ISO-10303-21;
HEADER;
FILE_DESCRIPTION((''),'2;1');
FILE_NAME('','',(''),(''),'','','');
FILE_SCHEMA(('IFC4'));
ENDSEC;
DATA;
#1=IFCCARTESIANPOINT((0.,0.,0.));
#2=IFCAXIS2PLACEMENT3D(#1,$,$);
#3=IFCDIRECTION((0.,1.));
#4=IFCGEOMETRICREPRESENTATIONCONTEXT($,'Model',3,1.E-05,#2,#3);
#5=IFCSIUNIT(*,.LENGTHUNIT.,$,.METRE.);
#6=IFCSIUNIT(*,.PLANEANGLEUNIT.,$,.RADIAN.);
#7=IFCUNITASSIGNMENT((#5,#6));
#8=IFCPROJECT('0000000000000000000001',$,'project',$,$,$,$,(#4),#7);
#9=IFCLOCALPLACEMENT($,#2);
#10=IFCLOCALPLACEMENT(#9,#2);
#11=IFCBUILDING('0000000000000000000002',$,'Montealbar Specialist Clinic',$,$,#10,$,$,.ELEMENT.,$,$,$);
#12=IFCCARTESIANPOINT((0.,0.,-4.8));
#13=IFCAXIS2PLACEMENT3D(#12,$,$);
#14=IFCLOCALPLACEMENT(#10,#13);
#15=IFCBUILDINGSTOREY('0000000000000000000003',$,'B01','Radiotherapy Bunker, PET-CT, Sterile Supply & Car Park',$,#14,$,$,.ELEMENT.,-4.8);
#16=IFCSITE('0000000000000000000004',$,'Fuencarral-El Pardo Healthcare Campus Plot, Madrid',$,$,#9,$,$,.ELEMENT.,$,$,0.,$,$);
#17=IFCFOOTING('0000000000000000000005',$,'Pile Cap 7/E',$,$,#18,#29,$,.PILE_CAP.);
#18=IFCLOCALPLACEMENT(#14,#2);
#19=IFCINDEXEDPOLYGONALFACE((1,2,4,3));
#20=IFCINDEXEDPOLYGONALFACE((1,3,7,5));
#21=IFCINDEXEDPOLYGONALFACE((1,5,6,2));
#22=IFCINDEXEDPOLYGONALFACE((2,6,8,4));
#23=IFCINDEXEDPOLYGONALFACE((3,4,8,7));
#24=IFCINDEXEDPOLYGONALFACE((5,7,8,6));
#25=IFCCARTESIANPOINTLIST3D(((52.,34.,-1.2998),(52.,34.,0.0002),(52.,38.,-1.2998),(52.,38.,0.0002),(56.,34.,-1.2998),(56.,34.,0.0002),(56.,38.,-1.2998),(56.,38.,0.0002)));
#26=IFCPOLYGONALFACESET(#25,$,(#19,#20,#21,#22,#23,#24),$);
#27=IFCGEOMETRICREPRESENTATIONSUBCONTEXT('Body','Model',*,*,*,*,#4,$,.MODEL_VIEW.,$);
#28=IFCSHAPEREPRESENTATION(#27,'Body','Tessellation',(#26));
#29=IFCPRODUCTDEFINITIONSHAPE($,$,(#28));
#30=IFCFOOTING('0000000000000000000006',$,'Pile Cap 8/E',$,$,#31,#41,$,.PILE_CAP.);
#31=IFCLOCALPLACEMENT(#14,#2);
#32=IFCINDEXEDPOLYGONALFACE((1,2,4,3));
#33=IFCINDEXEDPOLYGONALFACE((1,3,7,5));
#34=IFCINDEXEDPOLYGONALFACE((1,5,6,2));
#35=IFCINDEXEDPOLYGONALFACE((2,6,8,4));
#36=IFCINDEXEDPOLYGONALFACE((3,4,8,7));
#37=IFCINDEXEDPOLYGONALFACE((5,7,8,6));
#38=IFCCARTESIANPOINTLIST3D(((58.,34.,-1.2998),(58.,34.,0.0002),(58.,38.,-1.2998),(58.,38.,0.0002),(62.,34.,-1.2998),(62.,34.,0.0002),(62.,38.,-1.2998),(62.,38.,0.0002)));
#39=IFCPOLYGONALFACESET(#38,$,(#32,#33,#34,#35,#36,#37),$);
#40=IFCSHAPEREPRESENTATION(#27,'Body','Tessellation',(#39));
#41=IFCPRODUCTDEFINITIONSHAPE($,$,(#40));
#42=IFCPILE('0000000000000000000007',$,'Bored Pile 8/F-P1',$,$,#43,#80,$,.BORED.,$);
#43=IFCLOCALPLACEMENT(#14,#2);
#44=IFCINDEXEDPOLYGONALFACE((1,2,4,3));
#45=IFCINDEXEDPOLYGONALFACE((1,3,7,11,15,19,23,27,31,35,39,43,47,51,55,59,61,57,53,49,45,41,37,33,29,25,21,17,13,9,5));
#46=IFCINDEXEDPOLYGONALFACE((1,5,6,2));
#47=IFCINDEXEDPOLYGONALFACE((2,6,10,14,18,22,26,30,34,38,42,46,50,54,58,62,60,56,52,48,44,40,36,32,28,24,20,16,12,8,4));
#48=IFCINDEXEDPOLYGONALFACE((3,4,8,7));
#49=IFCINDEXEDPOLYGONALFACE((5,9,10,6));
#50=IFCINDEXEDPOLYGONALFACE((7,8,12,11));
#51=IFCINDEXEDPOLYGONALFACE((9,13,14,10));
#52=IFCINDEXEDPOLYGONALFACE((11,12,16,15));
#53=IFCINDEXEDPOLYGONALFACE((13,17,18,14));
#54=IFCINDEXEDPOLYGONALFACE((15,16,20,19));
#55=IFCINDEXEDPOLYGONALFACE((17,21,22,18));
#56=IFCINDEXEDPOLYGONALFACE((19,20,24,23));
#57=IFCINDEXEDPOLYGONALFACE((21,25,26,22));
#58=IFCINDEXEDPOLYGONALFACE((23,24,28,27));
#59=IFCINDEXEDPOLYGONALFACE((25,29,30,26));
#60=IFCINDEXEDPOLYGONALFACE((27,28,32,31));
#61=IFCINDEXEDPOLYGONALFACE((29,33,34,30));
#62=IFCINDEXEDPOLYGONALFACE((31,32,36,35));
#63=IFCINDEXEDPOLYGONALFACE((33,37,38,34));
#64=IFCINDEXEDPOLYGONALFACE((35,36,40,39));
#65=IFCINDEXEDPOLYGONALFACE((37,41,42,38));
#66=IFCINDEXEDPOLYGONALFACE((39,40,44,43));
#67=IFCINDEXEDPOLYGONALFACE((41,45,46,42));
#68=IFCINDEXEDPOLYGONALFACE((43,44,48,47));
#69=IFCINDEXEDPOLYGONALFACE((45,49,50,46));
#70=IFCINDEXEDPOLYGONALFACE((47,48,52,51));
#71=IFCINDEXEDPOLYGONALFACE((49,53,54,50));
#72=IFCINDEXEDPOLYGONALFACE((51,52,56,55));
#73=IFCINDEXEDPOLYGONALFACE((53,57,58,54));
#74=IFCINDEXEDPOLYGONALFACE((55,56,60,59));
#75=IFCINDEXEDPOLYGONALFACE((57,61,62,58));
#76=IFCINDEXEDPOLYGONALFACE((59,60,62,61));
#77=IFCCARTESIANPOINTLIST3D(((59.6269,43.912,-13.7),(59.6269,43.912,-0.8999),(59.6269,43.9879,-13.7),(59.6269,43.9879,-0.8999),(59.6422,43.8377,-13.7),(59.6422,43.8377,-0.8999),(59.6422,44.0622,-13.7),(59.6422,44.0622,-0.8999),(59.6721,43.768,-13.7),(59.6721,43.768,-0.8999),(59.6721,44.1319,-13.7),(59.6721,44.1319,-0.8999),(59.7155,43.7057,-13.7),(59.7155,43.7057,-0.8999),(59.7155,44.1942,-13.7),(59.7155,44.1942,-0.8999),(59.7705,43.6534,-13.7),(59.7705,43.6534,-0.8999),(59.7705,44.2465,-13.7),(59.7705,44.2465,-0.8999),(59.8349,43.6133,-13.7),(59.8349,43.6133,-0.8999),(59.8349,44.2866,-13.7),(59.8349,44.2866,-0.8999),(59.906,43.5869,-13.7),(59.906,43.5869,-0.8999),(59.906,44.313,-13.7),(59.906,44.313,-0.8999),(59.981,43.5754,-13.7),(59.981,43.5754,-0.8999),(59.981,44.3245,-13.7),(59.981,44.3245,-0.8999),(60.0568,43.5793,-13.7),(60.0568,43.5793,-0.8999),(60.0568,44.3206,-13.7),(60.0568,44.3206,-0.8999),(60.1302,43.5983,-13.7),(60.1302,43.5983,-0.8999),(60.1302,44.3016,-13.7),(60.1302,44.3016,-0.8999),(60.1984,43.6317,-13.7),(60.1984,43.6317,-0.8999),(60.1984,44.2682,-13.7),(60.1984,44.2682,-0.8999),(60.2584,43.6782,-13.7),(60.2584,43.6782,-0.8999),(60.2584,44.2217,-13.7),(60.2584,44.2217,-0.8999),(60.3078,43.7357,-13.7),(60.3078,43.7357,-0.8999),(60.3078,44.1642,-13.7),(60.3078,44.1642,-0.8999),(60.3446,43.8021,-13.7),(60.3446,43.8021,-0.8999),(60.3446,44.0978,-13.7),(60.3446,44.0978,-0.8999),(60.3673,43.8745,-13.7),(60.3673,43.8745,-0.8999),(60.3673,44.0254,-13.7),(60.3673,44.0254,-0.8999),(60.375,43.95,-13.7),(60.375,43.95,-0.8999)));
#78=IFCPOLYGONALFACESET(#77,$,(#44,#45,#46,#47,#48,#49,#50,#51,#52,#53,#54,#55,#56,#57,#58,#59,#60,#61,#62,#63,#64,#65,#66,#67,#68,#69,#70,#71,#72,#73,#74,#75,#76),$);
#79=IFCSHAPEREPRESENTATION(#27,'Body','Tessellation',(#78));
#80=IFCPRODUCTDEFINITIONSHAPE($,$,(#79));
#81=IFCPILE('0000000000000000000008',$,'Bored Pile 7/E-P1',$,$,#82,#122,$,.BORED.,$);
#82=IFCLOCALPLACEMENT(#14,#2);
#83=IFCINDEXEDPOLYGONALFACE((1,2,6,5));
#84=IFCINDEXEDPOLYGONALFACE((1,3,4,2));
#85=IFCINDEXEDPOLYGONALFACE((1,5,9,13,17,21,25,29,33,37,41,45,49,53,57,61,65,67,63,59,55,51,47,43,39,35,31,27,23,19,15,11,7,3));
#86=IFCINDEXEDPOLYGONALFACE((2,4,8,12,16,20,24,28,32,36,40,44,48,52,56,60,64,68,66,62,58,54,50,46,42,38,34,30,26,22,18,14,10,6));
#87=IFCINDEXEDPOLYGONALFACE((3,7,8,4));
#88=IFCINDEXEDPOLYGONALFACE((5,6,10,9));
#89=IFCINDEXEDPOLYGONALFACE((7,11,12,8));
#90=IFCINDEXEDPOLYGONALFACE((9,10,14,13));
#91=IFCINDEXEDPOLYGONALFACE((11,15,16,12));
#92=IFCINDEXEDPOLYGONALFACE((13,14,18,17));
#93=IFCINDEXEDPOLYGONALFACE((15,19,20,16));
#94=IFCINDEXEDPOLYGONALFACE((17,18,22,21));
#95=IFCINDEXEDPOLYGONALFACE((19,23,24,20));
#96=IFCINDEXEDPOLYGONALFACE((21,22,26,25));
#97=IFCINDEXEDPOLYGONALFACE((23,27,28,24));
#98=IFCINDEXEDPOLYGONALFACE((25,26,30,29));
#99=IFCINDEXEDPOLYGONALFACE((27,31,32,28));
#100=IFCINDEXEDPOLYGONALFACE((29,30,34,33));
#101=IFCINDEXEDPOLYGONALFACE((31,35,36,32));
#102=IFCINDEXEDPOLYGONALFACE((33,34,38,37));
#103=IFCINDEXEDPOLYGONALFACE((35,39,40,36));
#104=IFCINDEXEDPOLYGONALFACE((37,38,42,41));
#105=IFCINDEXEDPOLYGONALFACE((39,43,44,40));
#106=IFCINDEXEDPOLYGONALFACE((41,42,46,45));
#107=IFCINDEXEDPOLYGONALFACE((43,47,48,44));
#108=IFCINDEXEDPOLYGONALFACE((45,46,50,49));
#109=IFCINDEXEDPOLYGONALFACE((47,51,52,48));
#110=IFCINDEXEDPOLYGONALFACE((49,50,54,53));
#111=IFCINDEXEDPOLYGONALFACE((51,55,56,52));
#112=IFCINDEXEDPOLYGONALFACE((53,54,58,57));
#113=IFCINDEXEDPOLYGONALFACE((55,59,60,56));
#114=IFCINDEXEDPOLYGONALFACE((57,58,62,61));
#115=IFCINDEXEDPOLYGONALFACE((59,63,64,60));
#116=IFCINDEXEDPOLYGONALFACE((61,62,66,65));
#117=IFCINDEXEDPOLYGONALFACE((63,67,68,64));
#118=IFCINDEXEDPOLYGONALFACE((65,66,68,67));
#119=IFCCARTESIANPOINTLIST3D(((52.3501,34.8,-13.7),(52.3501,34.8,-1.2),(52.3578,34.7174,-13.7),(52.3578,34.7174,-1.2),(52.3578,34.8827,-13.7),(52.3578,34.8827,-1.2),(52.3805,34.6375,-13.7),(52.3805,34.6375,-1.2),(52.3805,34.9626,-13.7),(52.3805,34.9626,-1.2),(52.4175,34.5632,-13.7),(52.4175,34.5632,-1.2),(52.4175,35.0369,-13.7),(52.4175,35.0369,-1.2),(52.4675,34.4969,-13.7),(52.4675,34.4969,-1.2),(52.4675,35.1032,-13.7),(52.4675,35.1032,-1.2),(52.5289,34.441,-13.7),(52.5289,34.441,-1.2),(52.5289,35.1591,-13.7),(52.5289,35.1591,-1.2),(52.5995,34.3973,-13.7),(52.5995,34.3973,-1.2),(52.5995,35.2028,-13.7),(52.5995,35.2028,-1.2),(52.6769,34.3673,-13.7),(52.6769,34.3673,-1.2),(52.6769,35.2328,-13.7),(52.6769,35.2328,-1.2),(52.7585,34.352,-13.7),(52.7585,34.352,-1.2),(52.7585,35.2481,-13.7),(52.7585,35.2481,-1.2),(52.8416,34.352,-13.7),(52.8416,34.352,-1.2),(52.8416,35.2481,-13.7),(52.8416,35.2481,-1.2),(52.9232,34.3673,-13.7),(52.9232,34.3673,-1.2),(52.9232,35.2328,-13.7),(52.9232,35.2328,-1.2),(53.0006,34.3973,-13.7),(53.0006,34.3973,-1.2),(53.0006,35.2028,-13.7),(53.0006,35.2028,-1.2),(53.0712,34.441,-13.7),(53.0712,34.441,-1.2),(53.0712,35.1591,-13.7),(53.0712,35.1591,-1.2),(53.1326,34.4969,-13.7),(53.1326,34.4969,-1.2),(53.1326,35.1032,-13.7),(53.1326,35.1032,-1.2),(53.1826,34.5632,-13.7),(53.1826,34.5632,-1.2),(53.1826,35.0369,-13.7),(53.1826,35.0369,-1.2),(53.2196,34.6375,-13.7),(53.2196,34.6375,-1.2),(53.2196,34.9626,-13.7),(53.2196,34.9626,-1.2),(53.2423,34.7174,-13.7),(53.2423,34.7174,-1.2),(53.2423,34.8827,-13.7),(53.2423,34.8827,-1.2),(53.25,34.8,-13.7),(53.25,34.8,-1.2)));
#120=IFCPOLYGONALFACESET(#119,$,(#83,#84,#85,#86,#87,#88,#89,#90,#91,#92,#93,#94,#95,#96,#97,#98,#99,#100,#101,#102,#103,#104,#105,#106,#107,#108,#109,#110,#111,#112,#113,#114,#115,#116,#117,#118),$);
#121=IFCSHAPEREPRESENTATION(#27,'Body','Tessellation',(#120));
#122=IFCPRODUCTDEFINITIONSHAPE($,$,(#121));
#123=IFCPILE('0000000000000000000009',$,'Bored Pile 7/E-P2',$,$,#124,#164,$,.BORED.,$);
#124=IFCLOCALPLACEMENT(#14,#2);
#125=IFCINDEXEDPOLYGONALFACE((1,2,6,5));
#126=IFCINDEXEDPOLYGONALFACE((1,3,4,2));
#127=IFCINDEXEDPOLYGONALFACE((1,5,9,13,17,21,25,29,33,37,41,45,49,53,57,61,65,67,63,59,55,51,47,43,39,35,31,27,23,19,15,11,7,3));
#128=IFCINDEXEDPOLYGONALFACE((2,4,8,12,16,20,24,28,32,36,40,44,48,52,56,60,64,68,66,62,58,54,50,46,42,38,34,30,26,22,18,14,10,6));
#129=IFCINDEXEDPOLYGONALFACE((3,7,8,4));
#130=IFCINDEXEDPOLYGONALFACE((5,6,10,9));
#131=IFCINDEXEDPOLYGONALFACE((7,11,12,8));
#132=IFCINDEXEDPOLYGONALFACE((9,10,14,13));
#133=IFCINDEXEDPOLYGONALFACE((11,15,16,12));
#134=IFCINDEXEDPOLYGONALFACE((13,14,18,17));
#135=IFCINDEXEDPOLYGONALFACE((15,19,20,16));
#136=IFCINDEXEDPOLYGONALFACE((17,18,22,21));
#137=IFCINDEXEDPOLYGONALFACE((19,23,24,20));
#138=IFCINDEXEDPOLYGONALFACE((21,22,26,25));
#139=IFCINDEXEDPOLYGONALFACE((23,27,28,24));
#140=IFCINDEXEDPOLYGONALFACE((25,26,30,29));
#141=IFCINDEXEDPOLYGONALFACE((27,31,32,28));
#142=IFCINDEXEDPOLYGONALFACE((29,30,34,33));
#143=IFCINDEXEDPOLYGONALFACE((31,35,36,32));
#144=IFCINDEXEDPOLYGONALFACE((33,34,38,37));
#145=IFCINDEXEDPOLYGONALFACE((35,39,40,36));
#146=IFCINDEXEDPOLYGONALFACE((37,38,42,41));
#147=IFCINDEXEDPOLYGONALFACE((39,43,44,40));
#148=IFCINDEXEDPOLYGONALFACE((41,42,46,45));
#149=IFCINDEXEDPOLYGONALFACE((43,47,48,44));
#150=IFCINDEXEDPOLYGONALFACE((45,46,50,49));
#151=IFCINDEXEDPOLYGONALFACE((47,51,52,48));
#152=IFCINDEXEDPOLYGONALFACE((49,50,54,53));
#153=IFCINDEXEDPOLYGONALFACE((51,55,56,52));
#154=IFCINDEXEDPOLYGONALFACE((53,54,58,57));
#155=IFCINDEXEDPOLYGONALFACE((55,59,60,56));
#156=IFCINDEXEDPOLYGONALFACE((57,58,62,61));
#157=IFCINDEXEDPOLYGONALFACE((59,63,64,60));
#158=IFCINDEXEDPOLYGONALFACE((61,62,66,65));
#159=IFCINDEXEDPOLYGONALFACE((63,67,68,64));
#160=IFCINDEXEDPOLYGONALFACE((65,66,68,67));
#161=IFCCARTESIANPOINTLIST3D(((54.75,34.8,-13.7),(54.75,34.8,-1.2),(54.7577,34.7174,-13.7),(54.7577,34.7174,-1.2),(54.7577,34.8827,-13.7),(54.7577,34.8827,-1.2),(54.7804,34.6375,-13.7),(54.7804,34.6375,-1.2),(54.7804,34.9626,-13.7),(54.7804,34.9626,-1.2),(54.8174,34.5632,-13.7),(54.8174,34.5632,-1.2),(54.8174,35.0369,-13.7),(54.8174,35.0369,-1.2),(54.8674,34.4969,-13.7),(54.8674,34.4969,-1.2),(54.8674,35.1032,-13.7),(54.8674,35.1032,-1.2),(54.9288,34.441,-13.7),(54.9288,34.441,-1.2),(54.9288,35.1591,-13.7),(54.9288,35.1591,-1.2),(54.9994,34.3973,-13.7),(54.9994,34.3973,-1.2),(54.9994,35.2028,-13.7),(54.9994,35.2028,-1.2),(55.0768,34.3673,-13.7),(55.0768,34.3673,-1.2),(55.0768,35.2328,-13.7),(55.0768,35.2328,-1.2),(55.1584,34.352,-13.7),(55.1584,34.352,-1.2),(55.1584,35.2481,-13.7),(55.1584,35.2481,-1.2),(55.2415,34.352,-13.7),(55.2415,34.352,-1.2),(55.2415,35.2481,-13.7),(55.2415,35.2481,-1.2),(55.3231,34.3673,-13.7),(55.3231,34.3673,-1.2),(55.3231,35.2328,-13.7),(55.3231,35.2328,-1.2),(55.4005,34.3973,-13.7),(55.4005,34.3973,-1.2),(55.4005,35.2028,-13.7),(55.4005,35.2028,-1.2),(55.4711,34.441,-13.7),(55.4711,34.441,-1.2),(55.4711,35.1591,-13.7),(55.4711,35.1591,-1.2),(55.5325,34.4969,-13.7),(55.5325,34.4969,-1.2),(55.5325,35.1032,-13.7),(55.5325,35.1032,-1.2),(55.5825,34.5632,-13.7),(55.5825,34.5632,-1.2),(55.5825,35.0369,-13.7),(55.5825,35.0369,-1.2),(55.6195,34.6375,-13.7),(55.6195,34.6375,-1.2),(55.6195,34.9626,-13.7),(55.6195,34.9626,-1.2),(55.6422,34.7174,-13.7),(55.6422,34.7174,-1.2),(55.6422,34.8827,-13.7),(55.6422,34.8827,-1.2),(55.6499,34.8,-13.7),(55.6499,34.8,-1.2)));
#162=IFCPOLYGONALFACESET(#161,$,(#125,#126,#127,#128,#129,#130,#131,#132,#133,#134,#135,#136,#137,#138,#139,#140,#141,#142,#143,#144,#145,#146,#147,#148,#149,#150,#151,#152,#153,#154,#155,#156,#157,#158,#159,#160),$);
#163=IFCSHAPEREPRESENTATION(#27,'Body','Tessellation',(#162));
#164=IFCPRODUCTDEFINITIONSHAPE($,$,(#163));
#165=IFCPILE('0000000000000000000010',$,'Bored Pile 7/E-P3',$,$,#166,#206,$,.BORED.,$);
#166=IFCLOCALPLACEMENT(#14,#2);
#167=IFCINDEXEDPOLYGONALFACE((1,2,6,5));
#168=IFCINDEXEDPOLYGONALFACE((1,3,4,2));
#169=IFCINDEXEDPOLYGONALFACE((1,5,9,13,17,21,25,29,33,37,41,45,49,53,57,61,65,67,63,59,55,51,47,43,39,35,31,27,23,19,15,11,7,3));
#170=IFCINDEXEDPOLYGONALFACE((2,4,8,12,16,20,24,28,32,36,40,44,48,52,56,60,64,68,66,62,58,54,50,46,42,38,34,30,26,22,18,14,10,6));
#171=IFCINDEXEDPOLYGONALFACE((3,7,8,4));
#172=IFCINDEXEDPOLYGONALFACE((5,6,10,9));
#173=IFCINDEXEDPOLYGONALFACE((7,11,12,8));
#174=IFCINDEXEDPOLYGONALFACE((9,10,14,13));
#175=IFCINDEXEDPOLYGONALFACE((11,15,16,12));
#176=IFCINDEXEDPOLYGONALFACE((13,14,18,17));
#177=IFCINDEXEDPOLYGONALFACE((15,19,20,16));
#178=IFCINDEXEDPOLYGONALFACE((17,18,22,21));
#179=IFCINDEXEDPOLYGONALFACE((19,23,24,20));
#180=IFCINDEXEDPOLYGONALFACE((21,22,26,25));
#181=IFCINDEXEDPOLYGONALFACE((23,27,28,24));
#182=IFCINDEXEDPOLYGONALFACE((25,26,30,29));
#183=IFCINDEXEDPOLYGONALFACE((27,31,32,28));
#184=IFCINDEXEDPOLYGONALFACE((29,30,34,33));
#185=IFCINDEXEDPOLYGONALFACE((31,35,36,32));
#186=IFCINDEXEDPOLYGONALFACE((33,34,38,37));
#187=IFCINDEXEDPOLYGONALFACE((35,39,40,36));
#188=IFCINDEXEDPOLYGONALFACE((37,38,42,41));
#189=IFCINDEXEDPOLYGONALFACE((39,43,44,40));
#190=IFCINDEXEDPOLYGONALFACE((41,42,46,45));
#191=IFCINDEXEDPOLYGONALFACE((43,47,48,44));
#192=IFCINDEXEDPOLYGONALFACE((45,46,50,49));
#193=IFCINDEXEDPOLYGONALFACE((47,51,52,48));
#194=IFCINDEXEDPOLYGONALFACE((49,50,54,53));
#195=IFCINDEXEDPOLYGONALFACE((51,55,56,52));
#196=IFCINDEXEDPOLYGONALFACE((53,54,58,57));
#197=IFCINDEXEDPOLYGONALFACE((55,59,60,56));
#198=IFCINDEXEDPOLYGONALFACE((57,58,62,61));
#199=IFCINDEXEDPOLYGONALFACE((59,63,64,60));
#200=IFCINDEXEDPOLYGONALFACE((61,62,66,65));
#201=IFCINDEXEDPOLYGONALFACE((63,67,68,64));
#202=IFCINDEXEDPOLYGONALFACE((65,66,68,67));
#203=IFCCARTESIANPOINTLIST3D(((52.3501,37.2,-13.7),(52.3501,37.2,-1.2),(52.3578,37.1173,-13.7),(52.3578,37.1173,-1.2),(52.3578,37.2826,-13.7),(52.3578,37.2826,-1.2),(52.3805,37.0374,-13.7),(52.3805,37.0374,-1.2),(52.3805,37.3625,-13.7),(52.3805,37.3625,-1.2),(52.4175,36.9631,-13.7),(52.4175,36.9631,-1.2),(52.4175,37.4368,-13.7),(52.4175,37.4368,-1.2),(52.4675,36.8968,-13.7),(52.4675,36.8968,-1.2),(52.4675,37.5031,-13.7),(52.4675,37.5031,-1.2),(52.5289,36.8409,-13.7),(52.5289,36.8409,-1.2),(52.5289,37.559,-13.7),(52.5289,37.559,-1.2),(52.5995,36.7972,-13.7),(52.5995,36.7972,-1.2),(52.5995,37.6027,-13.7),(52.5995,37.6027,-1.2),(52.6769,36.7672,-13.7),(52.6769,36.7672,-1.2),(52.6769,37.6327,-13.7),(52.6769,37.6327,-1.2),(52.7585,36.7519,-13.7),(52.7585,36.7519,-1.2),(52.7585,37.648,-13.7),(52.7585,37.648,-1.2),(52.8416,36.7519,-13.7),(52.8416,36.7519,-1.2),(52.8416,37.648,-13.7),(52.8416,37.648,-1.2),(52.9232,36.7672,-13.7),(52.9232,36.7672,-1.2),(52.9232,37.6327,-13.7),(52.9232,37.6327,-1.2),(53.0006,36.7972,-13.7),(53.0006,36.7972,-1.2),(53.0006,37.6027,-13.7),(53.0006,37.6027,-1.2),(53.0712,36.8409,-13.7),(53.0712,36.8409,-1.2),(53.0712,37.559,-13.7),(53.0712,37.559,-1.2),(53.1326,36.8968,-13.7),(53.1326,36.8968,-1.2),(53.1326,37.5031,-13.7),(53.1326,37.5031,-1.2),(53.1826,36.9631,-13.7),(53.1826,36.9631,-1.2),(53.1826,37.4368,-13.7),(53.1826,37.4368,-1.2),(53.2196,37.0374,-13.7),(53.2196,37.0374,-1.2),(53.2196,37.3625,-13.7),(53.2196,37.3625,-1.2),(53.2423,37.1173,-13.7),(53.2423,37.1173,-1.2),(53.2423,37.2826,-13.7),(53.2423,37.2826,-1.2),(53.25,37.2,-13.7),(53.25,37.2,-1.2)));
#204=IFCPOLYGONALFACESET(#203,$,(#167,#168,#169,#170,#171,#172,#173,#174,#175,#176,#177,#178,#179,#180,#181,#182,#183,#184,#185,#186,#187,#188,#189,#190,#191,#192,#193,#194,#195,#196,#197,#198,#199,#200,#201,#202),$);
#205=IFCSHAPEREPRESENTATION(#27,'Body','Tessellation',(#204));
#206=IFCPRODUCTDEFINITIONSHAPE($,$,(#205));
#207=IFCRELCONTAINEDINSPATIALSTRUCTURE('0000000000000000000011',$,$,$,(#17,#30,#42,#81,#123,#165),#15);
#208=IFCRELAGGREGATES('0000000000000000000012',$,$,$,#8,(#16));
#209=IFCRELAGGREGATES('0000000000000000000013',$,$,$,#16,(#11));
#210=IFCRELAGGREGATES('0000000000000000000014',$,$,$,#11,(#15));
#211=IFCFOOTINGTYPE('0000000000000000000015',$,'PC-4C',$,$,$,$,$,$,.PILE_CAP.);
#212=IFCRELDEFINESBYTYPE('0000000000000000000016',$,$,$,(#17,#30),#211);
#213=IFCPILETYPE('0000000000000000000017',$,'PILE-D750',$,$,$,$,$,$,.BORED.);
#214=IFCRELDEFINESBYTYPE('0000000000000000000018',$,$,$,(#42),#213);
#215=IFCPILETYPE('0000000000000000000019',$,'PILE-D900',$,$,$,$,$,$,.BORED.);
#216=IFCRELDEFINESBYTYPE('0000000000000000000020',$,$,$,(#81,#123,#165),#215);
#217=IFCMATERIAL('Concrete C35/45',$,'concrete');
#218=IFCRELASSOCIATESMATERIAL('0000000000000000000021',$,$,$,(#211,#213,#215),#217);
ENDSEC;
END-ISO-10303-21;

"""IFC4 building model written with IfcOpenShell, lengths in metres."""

from ifc_helpers import new_model, si_unit, direction, frame, origin, origin_2d, place, context, subcontext, project, spatial, rectangle, circle, extrude, material, material_profile, profile_set, type_object, element, save


model = new_model("IFC4")

# Units and contexts
model_context = context("Model", 3, precision=1e-05, world=origin(), true_north=direction((0.0, 1.0)))
body_context = subcontext(model_context, "Body", "Model", "MODEL_VIEW")
ifc_project = project(units=[si_unit("LENGTHUNIT", "METRE"), si_unit("PLANEANGLEUNIT", "RADIAN")], contexts=[model_context])

# Site, building, storey
site_placement = place(None, origin())
site = spatial("IfcSite", under=ifc_project, at=site_placement, Name="Fuencarral-El Pardo Healthcare Campus Plot, Madrid", CompositionType="ELEMENT", RefElevation=0.0)
building_placement = place(site_placement, origin())
building = spatial("IfcBuilding", under=site, at=building_placement, Name="Montealbar Specialist Clinic", CompositionType="ELEMENT")
storey_placement = place(building_placement, frame((0.0, 0.0, -4.8)))
storey = spatial("IfcBuildingStorey", under=building, at=storey_placement, Name="B01", Description="Radiotherapy Bunker, PET-CT, Sterile Supply & Car Park", CompositionType="ELEMENT", Elevation=-4.8)

# Footings
ifc_material_1 = material(Name="Concrete C35/45", Category="concrete")
footing_type = type_object("IfcFootingType", Name="PC-4C", PredefinedType="PILE_CAP", material=ifc_material_1)
for number, where, z_axis, x_axis, name in (
    (1, (54.0, 36.0, -1.2998), (0.0, 0.0, 1.0), (1.0, 0.0, 0.0), "Pile Cap 7/E"),
    (2, (60.0, 36.0, -1.2998), (0.0, 0.0, 1.0), (1.0, 0.0, 0.0), "Pile Cap 8/E"),
):
    element("IfcFooting", number, at=place(storey_placement, frame(where, z_axis=z_axis, x_axis=x_axis)), inside=storey, type_object=footing_type, Name=name, PredefinedType="PILE_CAP", context=body_context, shape_type="SweptSolid", body=[
        extrude(rectangle(XDim=4.0, YDim=4.0, at=origin_2d()), origin(), (0.0, 0.0, 1.0), 1.3),
    ])

# Piles
ifc_material_profile_1 = material_profile(ifc_material_1, circle(Radius=0.375, at=origin_2d()), Name="PILE D750", Category="concrete")
ifc_profile_set_1 = profile_set([ifc_material_profile_1], Name="Concrete C35/45")
pile_type_1 = type_object("IfcPileType", Name="PILE-D750", PredefinedType="BORED", material=ifc_profile_set_1)
pile_placement = place(storey_placement, frame((60.0, 43.95, -0.8999), z_axis=(0.0, 0.0, -1.0), x_axis=(1.0, 0.0, 0.0)))
element("IfcPile", 3, at=pile_placement, inside=storey, type_object=pile_type_1, Name="Bored Pile 8/F-P1", PredefinedType="BORED", context=body_context, shape_type="SweptSolid", body=[
    extrude(circle(Radius=0.375, at=origin_2d()), origin(), (0.0, 0.0, 1.0), 12.8),
])
ifc_material_profile_2 = material_profile(ifc_material_1, circle(Radius=0.45, at=origin_2d()), Name="PILE D900", Category="concrete")
ifc_profile_set_2 = profile_set([ifc_material_profile_2], Name="Concrete C35/45")
pile_type_2 = type_object("IfcPileType", Name="PILE-D900", PredefinedType="BORED", material=ifc_profile_set_2)
for number, where, z_axis, x_axis, name in (
    (4, (52.8, 34.8, -1.2), (0.0, 0.0, -1.0), (1.0, 0.0, 0.0), "Bored Pile 7/E-P1"),
    (5, (55.2, 34.8, -1.2), (0.0, 0.0, -1.0), (1.0, 0.0, 0.0), "Bored Pile 7/E-P2"),
    (6, (52.8, 37.2, -1.2), (0.0, 0.0, -1.0), (1.0, 0.0, 0.0), "Bored Pile 7/E-P3"),
):
    element("IfcPile", number, at=place(storey_placement, frame(where, z_axis=z_axis, x_axis=x_axis)), inside=storey, type_object=pile_type_2, Name=name, PredefinedType="BORED", context=body_context, shape_type="SweptSolid", body=[
        extrude(circle(Radius=0.45, at=origin_2d()), origin(), (0.0, 0.0, 1.0), 12.5),
    ])

save(model, "model.ifc")
